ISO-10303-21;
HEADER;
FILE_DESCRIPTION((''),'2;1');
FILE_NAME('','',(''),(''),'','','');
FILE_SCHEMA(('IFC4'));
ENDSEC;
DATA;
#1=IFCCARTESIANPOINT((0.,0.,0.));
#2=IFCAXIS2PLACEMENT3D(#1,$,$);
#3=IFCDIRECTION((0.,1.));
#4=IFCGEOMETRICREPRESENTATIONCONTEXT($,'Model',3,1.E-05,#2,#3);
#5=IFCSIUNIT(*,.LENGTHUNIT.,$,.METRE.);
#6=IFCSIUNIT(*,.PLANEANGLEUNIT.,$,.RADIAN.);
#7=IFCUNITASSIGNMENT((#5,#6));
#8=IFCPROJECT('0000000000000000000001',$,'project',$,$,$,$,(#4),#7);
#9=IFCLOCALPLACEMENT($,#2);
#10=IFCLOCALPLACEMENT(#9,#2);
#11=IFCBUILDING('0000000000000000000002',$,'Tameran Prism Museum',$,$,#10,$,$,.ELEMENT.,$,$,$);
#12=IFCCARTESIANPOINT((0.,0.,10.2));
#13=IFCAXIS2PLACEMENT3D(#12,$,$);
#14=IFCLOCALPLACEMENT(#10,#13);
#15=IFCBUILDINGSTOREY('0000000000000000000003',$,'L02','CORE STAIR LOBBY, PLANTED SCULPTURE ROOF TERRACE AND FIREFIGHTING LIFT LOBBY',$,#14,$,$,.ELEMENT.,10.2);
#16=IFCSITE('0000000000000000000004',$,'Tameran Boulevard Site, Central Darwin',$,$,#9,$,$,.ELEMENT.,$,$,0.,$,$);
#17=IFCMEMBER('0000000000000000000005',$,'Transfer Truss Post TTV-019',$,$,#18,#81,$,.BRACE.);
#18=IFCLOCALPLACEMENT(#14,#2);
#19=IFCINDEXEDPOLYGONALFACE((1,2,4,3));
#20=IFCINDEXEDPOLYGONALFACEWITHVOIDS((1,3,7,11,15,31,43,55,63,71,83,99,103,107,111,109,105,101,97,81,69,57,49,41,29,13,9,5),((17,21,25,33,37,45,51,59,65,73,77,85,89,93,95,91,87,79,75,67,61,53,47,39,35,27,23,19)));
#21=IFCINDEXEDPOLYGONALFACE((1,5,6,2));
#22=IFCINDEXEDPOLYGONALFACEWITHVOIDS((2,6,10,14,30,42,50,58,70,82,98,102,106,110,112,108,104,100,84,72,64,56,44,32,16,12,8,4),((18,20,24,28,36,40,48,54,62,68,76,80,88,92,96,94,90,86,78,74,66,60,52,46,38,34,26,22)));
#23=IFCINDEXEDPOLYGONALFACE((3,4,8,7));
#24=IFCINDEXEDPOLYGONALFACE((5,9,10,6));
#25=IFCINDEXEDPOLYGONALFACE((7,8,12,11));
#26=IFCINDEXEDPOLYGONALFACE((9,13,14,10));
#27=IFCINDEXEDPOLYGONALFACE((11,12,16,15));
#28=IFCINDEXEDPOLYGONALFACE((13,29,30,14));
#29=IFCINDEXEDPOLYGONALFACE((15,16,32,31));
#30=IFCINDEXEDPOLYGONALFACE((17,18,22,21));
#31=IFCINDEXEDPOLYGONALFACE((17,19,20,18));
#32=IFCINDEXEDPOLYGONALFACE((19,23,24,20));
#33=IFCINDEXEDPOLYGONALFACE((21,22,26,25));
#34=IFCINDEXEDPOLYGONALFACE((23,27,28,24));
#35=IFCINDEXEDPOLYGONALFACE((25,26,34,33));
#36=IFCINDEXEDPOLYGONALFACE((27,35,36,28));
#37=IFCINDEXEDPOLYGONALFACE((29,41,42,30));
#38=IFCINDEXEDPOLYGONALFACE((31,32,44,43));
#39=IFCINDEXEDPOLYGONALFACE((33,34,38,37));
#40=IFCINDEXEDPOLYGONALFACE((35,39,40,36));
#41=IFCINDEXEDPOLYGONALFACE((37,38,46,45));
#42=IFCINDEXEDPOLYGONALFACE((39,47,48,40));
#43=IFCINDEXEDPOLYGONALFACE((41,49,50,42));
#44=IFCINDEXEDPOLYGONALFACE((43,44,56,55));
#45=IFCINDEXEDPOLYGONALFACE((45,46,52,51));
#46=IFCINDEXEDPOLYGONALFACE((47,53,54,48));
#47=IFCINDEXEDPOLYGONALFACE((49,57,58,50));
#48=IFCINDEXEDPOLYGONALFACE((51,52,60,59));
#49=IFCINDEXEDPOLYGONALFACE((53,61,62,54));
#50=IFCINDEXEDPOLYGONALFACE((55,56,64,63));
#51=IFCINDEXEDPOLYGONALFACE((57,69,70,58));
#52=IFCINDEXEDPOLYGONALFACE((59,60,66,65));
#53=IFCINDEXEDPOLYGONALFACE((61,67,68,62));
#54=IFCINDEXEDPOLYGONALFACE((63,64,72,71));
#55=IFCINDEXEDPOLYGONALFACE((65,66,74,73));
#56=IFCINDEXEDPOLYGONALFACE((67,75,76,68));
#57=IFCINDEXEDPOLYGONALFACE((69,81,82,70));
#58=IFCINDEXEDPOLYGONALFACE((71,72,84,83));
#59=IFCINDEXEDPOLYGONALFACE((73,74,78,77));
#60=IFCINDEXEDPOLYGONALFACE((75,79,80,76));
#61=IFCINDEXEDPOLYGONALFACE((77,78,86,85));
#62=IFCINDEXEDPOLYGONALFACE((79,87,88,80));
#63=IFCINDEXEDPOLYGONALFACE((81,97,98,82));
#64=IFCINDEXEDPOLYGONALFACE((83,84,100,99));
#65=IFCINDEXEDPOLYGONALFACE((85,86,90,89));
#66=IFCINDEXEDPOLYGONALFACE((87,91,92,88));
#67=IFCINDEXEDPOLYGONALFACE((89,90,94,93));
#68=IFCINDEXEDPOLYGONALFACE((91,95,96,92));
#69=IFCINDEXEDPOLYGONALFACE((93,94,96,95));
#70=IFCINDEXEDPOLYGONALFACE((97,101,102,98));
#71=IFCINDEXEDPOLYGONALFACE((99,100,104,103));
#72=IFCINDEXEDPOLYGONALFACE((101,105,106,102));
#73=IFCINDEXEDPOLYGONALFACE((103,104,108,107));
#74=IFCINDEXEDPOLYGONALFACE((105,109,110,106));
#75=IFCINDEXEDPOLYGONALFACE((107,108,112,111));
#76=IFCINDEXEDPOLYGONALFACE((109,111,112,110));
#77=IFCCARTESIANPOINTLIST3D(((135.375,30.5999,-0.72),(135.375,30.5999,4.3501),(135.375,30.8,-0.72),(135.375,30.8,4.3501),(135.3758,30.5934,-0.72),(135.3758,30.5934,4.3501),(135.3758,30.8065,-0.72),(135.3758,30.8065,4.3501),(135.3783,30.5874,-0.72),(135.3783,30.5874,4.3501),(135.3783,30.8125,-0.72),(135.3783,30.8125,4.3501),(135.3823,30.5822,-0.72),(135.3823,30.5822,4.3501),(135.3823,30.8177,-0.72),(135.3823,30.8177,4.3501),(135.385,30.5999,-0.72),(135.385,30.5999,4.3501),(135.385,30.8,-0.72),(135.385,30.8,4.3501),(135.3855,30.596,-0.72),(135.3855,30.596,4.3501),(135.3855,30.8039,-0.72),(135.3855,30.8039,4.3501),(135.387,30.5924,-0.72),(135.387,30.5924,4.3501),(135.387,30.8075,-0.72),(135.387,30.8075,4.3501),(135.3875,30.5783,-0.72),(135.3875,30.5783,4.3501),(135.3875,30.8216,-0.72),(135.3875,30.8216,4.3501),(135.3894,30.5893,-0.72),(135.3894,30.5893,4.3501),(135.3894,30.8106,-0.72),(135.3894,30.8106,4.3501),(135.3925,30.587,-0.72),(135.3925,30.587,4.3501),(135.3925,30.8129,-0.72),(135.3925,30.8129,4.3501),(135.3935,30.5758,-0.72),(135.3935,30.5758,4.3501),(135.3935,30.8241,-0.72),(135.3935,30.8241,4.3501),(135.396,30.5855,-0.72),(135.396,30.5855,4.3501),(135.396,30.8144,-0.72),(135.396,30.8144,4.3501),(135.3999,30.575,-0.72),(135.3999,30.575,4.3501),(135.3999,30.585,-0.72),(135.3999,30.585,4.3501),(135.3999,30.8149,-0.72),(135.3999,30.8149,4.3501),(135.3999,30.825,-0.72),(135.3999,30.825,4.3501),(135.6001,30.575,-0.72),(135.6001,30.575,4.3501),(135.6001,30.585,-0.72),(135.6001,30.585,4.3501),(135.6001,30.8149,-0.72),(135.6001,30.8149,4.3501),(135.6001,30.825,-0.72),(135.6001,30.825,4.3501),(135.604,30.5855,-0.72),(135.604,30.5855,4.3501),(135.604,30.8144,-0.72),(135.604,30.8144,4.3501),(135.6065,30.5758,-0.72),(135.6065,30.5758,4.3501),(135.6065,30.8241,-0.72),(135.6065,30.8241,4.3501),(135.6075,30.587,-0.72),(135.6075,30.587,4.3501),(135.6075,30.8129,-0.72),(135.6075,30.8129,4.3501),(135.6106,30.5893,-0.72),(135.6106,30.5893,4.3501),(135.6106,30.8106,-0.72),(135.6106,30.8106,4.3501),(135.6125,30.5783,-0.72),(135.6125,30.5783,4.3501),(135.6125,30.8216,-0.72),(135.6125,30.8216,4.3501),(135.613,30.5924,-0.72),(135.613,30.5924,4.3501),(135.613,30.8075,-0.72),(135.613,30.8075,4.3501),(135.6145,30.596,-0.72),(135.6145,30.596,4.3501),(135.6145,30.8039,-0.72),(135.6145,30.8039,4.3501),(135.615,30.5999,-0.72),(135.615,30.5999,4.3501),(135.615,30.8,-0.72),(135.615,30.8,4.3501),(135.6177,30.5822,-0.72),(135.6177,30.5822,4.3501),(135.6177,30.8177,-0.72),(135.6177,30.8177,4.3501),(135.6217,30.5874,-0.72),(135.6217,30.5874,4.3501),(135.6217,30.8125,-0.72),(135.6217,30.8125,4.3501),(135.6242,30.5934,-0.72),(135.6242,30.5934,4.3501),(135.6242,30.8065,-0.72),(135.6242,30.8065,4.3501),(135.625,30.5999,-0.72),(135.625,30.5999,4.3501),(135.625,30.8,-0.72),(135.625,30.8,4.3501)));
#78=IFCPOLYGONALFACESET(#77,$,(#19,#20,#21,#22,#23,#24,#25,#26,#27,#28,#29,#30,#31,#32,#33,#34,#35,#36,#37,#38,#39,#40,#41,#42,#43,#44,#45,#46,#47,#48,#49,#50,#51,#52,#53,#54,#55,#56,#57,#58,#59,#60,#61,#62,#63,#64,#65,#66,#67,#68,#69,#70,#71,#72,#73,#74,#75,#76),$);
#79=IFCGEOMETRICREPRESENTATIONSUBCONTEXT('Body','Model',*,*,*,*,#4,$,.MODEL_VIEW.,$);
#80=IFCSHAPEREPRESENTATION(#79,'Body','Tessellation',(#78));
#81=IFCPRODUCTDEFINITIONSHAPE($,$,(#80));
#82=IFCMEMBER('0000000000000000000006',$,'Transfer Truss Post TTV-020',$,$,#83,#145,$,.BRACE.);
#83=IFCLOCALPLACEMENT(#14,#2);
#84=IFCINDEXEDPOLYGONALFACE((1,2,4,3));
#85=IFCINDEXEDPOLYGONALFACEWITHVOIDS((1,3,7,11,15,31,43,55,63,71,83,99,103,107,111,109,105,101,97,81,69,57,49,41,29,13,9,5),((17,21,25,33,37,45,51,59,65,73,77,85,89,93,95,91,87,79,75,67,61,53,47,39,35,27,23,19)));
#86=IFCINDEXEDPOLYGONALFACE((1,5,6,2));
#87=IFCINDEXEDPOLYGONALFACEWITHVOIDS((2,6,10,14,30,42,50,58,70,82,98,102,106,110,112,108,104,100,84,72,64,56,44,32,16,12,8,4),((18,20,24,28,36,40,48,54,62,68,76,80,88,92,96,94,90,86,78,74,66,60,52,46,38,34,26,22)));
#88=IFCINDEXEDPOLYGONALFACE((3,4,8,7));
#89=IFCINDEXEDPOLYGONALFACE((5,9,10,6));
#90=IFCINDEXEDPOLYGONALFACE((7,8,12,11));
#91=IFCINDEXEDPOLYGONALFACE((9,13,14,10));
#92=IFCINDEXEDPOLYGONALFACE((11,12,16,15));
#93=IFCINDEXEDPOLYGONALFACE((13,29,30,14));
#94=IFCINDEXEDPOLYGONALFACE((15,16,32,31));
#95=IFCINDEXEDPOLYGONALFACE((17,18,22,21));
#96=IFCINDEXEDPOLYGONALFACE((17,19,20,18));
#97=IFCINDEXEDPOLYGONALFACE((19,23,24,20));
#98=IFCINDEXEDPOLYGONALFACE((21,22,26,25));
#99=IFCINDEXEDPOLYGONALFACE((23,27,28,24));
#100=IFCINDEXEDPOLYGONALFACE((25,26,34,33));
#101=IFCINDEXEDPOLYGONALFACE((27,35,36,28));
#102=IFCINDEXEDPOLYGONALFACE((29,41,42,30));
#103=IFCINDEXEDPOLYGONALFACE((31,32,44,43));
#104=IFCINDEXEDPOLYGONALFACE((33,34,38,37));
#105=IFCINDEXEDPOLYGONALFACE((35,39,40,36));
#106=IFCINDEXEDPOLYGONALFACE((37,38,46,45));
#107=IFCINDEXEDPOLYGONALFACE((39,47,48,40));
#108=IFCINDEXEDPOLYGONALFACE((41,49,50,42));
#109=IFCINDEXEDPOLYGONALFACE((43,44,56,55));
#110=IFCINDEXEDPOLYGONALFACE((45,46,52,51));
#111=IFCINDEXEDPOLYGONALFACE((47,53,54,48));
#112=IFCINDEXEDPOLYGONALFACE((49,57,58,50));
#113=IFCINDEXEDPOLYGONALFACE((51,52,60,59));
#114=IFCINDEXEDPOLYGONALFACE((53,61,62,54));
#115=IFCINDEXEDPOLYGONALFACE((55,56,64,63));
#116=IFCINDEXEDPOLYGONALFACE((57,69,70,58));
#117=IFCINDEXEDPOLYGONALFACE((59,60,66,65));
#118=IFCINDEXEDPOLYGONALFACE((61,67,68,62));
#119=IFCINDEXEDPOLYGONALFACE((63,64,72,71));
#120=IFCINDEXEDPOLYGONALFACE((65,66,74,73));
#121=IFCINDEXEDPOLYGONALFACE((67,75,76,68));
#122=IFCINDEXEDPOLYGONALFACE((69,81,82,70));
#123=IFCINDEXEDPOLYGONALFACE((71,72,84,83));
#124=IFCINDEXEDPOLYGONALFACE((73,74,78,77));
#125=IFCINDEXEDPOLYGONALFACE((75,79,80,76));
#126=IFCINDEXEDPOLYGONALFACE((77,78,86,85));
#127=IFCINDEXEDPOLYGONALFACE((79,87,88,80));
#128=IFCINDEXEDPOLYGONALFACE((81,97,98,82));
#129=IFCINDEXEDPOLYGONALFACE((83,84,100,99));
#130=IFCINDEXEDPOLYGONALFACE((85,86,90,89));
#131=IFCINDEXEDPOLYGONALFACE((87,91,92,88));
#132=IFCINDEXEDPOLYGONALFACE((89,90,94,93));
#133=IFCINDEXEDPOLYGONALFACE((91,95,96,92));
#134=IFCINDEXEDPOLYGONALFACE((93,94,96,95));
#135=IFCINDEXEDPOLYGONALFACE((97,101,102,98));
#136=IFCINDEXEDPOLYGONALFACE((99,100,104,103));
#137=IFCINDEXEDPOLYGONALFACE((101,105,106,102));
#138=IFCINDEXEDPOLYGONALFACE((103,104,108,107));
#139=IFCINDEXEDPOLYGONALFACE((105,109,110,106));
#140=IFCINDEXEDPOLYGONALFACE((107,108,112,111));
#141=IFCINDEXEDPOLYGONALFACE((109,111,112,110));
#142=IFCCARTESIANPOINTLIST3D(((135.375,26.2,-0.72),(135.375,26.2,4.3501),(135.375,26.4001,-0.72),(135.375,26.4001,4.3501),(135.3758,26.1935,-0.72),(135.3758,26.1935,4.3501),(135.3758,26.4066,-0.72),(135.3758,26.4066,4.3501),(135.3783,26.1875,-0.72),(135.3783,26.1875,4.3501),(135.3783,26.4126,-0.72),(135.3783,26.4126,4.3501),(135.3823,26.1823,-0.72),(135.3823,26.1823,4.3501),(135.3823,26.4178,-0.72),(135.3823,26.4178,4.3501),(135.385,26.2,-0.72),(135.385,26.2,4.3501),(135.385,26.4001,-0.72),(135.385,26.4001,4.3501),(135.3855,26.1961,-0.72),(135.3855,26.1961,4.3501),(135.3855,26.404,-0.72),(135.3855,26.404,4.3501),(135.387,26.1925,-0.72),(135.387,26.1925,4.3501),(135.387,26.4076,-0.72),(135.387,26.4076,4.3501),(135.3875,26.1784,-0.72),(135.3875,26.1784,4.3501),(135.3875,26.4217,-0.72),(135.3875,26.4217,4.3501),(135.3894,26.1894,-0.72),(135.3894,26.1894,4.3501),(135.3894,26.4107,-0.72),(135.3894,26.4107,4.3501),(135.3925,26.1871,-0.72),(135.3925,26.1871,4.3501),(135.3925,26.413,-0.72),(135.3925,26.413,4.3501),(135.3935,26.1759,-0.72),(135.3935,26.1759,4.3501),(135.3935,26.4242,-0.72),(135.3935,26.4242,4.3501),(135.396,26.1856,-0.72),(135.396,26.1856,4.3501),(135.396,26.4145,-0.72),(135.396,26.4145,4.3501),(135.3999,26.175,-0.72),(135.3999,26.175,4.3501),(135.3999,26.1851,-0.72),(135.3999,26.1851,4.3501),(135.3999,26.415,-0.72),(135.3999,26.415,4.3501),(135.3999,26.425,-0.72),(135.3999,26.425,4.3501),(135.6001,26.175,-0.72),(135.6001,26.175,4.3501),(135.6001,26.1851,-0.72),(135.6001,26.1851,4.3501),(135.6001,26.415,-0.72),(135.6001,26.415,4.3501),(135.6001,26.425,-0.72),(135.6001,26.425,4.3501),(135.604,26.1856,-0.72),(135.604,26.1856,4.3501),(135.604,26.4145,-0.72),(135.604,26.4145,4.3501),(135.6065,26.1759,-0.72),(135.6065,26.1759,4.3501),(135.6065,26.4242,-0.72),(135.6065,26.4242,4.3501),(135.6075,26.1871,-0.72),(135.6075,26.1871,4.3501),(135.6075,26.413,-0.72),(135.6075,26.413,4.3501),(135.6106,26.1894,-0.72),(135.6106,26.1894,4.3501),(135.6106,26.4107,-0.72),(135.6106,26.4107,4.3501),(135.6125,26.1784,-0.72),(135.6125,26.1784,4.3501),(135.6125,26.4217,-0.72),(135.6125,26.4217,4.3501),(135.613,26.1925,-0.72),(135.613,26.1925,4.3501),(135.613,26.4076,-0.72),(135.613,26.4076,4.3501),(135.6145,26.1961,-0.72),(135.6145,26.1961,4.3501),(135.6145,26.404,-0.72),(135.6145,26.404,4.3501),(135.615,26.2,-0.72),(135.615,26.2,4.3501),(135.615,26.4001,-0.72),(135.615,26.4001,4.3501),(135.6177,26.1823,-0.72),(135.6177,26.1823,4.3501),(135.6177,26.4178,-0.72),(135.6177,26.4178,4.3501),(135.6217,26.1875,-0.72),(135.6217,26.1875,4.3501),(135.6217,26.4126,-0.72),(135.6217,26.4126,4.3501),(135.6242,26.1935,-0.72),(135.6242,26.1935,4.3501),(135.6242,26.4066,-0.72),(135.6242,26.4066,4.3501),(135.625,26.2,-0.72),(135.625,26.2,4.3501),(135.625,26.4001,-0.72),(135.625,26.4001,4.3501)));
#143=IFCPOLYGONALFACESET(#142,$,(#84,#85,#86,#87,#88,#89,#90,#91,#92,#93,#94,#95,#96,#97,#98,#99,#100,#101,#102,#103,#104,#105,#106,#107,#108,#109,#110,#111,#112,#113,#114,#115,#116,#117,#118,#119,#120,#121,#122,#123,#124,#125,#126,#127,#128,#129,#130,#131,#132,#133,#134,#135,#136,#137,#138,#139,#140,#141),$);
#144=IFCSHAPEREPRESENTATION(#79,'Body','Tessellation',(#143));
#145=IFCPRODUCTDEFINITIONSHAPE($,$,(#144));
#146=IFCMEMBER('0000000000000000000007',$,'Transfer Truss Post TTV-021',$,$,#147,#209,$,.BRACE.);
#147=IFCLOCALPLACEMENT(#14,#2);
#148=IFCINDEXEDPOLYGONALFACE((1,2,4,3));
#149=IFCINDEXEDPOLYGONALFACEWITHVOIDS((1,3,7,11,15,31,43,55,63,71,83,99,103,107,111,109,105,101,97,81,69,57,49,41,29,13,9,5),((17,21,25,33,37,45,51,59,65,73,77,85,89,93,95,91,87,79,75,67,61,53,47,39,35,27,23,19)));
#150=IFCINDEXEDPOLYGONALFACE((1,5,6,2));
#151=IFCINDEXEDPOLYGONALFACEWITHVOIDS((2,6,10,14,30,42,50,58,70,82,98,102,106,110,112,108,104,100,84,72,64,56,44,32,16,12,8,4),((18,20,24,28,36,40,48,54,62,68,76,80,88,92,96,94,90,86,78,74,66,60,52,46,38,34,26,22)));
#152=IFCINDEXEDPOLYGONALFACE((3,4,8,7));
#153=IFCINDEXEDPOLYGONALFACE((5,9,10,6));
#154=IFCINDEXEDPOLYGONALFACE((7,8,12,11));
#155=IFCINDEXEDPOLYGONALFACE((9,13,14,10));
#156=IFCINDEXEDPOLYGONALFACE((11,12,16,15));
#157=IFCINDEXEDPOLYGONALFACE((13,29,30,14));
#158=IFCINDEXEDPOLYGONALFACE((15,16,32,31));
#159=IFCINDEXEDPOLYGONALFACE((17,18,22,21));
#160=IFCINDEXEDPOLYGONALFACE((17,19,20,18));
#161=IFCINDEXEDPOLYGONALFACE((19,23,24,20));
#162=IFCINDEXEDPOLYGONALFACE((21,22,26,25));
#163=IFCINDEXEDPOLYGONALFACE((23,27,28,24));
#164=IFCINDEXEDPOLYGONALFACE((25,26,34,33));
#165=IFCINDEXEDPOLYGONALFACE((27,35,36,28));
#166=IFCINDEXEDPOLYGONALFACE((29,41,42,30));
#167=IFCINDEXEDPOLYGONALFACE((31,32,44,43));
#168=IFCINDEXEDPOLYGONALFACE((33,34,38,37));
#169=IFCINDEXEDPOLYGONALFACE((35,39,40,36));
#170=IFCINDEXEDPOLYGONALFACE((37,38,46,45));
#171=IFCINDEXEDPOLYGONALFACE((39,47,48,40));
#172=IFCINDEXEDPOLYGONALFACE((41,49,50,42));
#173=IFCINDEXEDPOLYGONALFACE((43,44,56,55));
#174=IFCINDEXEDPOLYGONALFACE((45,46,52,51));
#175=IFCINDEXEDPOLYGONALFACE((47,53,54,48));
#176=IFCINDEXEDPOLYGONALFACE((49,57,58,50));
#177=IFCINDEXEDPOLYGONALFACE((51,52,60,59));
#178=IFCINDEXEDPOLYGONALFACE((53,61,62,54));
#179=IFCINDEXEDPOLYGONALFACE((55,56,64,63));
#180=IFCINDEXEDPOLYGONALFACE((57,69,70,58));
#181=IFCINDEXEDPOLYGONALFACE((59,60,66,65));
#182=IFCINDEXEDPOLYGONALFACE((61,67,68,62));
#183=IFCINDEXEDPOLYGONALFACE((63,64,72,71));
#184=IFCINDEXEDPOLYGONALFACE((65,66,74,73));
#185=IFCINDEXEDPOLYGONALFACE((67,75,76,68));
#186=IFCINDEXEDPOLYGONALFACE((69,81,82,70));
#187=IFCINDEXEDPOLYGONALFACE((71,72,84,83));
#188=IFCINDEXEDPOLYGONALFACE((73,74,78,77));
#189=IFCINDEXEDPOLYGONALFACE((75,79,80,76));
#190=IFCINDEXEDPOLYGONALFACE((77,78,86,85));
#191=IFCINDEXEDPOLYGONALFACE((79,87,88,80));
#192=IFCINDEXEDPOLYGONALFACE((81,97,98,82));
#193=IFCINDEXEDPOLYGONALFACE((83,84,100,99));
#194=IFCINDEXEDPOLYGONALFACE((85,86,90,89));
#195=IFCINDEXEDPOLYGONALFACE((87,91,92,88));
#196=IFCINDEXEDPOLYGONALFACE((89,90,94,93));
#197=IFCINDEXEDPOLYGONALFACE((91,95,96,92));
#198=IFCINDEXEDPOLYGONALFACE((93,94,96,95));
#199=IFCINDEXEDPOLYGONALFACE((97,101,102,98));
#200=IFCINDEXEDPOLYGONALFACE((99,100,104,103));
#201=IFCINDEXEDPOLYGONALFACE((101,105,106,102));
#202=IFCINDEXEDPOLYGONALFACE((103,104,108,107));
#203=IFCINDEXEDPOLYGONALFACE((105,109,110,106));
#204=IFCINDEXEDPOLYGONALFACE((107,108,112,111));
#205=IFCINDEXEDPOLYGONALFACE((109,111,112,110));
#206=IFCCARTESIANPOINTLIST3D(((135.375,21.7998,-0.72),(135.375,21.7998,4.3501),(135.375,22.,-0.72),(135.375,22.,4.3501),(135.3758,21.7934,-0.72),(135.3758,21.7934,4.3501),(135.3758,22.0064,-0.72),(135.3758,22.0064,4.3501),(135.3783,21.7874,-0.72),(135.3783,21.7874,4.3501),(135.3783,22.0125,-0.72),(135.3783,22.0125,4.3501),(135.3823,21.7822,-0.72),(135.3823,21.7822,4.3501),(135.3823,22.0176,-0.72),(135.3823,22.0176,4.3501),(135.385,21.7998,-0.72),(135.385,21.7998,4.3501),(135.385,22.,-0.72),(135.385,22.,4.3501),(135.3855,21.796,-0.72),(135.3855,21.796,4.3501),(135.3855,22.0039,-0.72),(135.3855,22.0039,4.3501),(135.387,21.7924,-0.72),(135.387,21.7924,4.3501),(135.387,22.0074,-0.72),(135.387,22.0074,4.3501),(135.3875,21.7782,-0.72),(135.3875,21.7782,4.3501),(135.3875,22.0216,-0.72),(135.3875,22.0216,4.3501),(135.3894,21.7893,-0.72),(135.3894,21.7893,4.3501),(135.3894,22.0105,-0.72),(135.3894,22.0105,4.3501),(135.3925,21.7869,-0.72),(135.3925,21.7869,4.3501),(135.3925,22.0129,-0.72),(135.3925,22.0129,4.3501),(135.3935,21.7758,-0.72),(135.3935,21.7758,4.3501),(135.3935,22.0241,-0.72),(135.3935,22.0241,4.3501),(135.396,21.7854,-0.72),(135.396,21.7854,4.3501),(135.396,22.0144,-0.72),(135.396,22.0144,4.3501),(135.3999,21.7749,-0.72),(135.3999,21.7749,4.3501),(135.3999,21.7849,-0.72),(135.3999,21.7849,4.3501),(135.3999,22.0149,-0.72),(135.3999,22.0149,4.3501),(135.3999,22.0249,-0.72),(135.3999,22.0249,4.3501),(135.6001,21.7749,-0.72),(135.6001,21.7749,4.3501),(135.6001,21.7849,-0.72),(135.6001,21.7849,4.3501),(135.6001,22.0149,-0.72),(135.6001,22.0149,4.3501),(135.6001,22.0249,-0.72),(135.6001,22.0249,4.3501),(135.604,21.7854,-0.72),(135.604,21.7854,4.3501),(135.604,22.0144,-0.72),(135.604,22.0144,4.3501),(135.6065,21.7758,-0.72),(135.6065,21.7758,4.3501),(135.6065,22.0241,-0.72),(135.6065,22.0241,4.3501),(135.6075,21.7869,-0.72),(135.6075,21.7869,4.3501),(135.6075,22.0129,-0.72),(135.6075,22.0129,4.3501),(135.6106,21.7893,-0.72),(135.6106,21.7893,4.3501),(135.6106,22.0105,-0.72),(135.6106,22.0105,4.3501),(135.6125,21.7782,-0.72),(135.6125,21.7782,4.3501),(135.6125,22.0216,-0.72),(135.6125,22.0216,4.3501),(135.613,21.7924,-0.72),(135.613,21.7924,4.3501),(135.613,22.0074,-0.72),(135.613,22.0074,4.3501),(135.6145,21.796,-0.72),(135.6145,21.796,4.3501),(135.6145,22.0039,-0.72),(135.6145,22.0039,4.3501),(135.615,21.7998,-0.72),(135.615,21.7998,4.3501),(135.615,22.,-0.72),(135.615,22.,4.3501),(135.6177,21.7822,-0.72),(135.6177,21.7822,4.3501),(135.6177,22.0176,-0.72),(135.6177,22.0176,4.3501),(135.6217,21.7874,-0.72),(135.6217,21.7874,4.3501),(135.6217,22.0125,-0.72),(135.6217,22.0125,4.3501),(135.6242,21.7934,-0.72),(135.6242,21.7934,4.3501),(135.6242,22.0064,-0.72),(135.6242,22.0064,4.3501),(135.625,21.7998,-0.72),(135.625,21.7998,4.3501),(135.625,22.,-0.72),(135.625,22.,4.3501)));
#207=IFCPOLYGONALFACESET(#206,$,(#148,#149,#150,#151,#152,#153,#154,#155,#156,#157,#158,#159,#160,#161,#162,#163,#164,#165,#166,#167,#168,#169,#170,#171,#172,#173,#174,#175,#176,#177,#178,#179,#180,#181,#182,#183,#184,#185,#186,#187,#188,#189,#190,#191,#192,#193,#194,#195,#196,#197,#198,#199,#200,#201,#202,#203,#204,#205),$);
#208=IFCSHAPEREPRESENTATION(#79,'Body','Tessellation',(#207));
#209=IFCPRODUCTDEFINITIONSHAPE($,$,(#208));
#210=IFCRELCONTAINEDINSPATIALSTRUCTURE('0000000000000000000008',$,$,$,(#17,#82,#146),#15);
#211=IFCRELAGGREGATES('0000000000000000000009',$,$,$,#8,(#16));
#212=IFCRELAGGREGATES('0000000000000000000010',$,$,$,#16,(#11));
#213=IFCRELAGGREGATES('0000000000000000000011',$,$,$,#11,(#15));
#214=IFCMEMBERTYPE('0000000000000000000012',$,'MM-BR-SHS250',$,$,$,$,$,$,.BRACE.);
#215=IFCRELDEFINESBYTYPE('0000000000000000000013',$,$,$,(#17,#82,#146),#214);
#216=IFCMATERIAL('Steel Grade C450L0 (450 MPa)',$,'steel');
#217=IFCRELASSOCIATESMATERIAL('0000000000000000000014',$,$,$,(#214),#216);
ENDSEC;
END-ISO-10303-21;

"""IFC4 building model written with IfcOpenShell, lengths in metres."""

from ifc_helpers import new_model, si_unit, direction, frame, origin, origin_2d, place, context, subcontext, project, spatial, hollow_rectangle, extrude, material, material_profile, profile_set, type_object, element, save


model = new_model("IFC4")

# Units and contexts
model_context = context("Model", 3, precision=1e-05, world=origin(), true_north=direction((0.0, 1.0)))
body_context = subcontext(model_context, "Body", "Model", "MODEL_VIEW")
ifc_project = project(units=[si_unit("LENGTHUNIT", "METRE"), si_unit("PLANEANGLEUNIT", "RADIAN")], contexts=[model_context])

# Site, building, storey
site_placement = place(None, origin())
site = spatial("IfcSite", under=ifc_project, at=site_placement, Name="Tameran Boulevard Site, Central Darwin", CompositionType="ELEMENT", RefElevation=0.0)
building_placement = place(site_placement, origin())
building = spatial("IfcBuilding", under=site, at=building_placement, Name="Tameran Prism Museum", CompositionType="ELEMENT")
storey_placement = place(building_placement, frame((0.0, 0.0, 10.2)))
storey = spatial("IfcBuildingStorey", under=building, at=storey_placement, Name="L02", Description="CORE STAIR LOBBY, PLANTED SCULPTURE ROOF TERRACE AND FIREFIGHTING LIFT LOBBY", CompositionType="ELEMENT", Elevation=10.2)

# Members
ifc_material_1 = material(Name="Steel Grade C450L0 (450 MPa)", Category="steel")
ifc_material_profile_1 = material_profile(ifc_material_1, hollow_rectangle(XDim=0.25, YDim=0.25, WallThickness=0.01, InnerFilletRadius=0.0149, OuterFilletRadius=0.0249, at=origin_2d()))
ifc_profile_set_1 = profile_set([ifc_material_profile_1])
member_type_1 = type_object("IfcMemberType", Name="MM-BR-SHS250", PredefinedType="BRACE", material=ifc_profile_set_1)
for number, where, z_axis, x_axis, name in (
    (1, (135.5, 30.7, -0.72), (0.0, 0.0, 1.0), (1.0, 0.0, 0.0), "Transfer Truss Post TTV-019"),
    (2, (135.5, 26.3, -0.72), (0.0, 0.0, 1.0), (1.0, 0.0, 0.0), "Transfer Truss Post TTV-020"),
    (3, (135.5, 21.8999, -0.72), (0.0, 0.0, 1.0), (1.0, 0.0, 0.0), "Transfer Truss Post TTV-021"),
):
    element("IfcMember", number, at=place(storey_placement, frame(where, z_axis=z_axis, x_axis=x_axis)), inside=storey, type_object=member_type_1, Name=name, PredefinedType="BRACE", context=body_context, shape_type="SweptSolid", body=[
        extrude(hollow_rectangle(XDim=0.25, YDim=0.25, WallThickness=0.01, InnerFilletRadius=0.0149, OuterFilletRadius=0.0249, at=origin_2d()), origin(), (0.0, 0.0, 1.0), 5.0701),
    ])

save(model, "model.ifc")
